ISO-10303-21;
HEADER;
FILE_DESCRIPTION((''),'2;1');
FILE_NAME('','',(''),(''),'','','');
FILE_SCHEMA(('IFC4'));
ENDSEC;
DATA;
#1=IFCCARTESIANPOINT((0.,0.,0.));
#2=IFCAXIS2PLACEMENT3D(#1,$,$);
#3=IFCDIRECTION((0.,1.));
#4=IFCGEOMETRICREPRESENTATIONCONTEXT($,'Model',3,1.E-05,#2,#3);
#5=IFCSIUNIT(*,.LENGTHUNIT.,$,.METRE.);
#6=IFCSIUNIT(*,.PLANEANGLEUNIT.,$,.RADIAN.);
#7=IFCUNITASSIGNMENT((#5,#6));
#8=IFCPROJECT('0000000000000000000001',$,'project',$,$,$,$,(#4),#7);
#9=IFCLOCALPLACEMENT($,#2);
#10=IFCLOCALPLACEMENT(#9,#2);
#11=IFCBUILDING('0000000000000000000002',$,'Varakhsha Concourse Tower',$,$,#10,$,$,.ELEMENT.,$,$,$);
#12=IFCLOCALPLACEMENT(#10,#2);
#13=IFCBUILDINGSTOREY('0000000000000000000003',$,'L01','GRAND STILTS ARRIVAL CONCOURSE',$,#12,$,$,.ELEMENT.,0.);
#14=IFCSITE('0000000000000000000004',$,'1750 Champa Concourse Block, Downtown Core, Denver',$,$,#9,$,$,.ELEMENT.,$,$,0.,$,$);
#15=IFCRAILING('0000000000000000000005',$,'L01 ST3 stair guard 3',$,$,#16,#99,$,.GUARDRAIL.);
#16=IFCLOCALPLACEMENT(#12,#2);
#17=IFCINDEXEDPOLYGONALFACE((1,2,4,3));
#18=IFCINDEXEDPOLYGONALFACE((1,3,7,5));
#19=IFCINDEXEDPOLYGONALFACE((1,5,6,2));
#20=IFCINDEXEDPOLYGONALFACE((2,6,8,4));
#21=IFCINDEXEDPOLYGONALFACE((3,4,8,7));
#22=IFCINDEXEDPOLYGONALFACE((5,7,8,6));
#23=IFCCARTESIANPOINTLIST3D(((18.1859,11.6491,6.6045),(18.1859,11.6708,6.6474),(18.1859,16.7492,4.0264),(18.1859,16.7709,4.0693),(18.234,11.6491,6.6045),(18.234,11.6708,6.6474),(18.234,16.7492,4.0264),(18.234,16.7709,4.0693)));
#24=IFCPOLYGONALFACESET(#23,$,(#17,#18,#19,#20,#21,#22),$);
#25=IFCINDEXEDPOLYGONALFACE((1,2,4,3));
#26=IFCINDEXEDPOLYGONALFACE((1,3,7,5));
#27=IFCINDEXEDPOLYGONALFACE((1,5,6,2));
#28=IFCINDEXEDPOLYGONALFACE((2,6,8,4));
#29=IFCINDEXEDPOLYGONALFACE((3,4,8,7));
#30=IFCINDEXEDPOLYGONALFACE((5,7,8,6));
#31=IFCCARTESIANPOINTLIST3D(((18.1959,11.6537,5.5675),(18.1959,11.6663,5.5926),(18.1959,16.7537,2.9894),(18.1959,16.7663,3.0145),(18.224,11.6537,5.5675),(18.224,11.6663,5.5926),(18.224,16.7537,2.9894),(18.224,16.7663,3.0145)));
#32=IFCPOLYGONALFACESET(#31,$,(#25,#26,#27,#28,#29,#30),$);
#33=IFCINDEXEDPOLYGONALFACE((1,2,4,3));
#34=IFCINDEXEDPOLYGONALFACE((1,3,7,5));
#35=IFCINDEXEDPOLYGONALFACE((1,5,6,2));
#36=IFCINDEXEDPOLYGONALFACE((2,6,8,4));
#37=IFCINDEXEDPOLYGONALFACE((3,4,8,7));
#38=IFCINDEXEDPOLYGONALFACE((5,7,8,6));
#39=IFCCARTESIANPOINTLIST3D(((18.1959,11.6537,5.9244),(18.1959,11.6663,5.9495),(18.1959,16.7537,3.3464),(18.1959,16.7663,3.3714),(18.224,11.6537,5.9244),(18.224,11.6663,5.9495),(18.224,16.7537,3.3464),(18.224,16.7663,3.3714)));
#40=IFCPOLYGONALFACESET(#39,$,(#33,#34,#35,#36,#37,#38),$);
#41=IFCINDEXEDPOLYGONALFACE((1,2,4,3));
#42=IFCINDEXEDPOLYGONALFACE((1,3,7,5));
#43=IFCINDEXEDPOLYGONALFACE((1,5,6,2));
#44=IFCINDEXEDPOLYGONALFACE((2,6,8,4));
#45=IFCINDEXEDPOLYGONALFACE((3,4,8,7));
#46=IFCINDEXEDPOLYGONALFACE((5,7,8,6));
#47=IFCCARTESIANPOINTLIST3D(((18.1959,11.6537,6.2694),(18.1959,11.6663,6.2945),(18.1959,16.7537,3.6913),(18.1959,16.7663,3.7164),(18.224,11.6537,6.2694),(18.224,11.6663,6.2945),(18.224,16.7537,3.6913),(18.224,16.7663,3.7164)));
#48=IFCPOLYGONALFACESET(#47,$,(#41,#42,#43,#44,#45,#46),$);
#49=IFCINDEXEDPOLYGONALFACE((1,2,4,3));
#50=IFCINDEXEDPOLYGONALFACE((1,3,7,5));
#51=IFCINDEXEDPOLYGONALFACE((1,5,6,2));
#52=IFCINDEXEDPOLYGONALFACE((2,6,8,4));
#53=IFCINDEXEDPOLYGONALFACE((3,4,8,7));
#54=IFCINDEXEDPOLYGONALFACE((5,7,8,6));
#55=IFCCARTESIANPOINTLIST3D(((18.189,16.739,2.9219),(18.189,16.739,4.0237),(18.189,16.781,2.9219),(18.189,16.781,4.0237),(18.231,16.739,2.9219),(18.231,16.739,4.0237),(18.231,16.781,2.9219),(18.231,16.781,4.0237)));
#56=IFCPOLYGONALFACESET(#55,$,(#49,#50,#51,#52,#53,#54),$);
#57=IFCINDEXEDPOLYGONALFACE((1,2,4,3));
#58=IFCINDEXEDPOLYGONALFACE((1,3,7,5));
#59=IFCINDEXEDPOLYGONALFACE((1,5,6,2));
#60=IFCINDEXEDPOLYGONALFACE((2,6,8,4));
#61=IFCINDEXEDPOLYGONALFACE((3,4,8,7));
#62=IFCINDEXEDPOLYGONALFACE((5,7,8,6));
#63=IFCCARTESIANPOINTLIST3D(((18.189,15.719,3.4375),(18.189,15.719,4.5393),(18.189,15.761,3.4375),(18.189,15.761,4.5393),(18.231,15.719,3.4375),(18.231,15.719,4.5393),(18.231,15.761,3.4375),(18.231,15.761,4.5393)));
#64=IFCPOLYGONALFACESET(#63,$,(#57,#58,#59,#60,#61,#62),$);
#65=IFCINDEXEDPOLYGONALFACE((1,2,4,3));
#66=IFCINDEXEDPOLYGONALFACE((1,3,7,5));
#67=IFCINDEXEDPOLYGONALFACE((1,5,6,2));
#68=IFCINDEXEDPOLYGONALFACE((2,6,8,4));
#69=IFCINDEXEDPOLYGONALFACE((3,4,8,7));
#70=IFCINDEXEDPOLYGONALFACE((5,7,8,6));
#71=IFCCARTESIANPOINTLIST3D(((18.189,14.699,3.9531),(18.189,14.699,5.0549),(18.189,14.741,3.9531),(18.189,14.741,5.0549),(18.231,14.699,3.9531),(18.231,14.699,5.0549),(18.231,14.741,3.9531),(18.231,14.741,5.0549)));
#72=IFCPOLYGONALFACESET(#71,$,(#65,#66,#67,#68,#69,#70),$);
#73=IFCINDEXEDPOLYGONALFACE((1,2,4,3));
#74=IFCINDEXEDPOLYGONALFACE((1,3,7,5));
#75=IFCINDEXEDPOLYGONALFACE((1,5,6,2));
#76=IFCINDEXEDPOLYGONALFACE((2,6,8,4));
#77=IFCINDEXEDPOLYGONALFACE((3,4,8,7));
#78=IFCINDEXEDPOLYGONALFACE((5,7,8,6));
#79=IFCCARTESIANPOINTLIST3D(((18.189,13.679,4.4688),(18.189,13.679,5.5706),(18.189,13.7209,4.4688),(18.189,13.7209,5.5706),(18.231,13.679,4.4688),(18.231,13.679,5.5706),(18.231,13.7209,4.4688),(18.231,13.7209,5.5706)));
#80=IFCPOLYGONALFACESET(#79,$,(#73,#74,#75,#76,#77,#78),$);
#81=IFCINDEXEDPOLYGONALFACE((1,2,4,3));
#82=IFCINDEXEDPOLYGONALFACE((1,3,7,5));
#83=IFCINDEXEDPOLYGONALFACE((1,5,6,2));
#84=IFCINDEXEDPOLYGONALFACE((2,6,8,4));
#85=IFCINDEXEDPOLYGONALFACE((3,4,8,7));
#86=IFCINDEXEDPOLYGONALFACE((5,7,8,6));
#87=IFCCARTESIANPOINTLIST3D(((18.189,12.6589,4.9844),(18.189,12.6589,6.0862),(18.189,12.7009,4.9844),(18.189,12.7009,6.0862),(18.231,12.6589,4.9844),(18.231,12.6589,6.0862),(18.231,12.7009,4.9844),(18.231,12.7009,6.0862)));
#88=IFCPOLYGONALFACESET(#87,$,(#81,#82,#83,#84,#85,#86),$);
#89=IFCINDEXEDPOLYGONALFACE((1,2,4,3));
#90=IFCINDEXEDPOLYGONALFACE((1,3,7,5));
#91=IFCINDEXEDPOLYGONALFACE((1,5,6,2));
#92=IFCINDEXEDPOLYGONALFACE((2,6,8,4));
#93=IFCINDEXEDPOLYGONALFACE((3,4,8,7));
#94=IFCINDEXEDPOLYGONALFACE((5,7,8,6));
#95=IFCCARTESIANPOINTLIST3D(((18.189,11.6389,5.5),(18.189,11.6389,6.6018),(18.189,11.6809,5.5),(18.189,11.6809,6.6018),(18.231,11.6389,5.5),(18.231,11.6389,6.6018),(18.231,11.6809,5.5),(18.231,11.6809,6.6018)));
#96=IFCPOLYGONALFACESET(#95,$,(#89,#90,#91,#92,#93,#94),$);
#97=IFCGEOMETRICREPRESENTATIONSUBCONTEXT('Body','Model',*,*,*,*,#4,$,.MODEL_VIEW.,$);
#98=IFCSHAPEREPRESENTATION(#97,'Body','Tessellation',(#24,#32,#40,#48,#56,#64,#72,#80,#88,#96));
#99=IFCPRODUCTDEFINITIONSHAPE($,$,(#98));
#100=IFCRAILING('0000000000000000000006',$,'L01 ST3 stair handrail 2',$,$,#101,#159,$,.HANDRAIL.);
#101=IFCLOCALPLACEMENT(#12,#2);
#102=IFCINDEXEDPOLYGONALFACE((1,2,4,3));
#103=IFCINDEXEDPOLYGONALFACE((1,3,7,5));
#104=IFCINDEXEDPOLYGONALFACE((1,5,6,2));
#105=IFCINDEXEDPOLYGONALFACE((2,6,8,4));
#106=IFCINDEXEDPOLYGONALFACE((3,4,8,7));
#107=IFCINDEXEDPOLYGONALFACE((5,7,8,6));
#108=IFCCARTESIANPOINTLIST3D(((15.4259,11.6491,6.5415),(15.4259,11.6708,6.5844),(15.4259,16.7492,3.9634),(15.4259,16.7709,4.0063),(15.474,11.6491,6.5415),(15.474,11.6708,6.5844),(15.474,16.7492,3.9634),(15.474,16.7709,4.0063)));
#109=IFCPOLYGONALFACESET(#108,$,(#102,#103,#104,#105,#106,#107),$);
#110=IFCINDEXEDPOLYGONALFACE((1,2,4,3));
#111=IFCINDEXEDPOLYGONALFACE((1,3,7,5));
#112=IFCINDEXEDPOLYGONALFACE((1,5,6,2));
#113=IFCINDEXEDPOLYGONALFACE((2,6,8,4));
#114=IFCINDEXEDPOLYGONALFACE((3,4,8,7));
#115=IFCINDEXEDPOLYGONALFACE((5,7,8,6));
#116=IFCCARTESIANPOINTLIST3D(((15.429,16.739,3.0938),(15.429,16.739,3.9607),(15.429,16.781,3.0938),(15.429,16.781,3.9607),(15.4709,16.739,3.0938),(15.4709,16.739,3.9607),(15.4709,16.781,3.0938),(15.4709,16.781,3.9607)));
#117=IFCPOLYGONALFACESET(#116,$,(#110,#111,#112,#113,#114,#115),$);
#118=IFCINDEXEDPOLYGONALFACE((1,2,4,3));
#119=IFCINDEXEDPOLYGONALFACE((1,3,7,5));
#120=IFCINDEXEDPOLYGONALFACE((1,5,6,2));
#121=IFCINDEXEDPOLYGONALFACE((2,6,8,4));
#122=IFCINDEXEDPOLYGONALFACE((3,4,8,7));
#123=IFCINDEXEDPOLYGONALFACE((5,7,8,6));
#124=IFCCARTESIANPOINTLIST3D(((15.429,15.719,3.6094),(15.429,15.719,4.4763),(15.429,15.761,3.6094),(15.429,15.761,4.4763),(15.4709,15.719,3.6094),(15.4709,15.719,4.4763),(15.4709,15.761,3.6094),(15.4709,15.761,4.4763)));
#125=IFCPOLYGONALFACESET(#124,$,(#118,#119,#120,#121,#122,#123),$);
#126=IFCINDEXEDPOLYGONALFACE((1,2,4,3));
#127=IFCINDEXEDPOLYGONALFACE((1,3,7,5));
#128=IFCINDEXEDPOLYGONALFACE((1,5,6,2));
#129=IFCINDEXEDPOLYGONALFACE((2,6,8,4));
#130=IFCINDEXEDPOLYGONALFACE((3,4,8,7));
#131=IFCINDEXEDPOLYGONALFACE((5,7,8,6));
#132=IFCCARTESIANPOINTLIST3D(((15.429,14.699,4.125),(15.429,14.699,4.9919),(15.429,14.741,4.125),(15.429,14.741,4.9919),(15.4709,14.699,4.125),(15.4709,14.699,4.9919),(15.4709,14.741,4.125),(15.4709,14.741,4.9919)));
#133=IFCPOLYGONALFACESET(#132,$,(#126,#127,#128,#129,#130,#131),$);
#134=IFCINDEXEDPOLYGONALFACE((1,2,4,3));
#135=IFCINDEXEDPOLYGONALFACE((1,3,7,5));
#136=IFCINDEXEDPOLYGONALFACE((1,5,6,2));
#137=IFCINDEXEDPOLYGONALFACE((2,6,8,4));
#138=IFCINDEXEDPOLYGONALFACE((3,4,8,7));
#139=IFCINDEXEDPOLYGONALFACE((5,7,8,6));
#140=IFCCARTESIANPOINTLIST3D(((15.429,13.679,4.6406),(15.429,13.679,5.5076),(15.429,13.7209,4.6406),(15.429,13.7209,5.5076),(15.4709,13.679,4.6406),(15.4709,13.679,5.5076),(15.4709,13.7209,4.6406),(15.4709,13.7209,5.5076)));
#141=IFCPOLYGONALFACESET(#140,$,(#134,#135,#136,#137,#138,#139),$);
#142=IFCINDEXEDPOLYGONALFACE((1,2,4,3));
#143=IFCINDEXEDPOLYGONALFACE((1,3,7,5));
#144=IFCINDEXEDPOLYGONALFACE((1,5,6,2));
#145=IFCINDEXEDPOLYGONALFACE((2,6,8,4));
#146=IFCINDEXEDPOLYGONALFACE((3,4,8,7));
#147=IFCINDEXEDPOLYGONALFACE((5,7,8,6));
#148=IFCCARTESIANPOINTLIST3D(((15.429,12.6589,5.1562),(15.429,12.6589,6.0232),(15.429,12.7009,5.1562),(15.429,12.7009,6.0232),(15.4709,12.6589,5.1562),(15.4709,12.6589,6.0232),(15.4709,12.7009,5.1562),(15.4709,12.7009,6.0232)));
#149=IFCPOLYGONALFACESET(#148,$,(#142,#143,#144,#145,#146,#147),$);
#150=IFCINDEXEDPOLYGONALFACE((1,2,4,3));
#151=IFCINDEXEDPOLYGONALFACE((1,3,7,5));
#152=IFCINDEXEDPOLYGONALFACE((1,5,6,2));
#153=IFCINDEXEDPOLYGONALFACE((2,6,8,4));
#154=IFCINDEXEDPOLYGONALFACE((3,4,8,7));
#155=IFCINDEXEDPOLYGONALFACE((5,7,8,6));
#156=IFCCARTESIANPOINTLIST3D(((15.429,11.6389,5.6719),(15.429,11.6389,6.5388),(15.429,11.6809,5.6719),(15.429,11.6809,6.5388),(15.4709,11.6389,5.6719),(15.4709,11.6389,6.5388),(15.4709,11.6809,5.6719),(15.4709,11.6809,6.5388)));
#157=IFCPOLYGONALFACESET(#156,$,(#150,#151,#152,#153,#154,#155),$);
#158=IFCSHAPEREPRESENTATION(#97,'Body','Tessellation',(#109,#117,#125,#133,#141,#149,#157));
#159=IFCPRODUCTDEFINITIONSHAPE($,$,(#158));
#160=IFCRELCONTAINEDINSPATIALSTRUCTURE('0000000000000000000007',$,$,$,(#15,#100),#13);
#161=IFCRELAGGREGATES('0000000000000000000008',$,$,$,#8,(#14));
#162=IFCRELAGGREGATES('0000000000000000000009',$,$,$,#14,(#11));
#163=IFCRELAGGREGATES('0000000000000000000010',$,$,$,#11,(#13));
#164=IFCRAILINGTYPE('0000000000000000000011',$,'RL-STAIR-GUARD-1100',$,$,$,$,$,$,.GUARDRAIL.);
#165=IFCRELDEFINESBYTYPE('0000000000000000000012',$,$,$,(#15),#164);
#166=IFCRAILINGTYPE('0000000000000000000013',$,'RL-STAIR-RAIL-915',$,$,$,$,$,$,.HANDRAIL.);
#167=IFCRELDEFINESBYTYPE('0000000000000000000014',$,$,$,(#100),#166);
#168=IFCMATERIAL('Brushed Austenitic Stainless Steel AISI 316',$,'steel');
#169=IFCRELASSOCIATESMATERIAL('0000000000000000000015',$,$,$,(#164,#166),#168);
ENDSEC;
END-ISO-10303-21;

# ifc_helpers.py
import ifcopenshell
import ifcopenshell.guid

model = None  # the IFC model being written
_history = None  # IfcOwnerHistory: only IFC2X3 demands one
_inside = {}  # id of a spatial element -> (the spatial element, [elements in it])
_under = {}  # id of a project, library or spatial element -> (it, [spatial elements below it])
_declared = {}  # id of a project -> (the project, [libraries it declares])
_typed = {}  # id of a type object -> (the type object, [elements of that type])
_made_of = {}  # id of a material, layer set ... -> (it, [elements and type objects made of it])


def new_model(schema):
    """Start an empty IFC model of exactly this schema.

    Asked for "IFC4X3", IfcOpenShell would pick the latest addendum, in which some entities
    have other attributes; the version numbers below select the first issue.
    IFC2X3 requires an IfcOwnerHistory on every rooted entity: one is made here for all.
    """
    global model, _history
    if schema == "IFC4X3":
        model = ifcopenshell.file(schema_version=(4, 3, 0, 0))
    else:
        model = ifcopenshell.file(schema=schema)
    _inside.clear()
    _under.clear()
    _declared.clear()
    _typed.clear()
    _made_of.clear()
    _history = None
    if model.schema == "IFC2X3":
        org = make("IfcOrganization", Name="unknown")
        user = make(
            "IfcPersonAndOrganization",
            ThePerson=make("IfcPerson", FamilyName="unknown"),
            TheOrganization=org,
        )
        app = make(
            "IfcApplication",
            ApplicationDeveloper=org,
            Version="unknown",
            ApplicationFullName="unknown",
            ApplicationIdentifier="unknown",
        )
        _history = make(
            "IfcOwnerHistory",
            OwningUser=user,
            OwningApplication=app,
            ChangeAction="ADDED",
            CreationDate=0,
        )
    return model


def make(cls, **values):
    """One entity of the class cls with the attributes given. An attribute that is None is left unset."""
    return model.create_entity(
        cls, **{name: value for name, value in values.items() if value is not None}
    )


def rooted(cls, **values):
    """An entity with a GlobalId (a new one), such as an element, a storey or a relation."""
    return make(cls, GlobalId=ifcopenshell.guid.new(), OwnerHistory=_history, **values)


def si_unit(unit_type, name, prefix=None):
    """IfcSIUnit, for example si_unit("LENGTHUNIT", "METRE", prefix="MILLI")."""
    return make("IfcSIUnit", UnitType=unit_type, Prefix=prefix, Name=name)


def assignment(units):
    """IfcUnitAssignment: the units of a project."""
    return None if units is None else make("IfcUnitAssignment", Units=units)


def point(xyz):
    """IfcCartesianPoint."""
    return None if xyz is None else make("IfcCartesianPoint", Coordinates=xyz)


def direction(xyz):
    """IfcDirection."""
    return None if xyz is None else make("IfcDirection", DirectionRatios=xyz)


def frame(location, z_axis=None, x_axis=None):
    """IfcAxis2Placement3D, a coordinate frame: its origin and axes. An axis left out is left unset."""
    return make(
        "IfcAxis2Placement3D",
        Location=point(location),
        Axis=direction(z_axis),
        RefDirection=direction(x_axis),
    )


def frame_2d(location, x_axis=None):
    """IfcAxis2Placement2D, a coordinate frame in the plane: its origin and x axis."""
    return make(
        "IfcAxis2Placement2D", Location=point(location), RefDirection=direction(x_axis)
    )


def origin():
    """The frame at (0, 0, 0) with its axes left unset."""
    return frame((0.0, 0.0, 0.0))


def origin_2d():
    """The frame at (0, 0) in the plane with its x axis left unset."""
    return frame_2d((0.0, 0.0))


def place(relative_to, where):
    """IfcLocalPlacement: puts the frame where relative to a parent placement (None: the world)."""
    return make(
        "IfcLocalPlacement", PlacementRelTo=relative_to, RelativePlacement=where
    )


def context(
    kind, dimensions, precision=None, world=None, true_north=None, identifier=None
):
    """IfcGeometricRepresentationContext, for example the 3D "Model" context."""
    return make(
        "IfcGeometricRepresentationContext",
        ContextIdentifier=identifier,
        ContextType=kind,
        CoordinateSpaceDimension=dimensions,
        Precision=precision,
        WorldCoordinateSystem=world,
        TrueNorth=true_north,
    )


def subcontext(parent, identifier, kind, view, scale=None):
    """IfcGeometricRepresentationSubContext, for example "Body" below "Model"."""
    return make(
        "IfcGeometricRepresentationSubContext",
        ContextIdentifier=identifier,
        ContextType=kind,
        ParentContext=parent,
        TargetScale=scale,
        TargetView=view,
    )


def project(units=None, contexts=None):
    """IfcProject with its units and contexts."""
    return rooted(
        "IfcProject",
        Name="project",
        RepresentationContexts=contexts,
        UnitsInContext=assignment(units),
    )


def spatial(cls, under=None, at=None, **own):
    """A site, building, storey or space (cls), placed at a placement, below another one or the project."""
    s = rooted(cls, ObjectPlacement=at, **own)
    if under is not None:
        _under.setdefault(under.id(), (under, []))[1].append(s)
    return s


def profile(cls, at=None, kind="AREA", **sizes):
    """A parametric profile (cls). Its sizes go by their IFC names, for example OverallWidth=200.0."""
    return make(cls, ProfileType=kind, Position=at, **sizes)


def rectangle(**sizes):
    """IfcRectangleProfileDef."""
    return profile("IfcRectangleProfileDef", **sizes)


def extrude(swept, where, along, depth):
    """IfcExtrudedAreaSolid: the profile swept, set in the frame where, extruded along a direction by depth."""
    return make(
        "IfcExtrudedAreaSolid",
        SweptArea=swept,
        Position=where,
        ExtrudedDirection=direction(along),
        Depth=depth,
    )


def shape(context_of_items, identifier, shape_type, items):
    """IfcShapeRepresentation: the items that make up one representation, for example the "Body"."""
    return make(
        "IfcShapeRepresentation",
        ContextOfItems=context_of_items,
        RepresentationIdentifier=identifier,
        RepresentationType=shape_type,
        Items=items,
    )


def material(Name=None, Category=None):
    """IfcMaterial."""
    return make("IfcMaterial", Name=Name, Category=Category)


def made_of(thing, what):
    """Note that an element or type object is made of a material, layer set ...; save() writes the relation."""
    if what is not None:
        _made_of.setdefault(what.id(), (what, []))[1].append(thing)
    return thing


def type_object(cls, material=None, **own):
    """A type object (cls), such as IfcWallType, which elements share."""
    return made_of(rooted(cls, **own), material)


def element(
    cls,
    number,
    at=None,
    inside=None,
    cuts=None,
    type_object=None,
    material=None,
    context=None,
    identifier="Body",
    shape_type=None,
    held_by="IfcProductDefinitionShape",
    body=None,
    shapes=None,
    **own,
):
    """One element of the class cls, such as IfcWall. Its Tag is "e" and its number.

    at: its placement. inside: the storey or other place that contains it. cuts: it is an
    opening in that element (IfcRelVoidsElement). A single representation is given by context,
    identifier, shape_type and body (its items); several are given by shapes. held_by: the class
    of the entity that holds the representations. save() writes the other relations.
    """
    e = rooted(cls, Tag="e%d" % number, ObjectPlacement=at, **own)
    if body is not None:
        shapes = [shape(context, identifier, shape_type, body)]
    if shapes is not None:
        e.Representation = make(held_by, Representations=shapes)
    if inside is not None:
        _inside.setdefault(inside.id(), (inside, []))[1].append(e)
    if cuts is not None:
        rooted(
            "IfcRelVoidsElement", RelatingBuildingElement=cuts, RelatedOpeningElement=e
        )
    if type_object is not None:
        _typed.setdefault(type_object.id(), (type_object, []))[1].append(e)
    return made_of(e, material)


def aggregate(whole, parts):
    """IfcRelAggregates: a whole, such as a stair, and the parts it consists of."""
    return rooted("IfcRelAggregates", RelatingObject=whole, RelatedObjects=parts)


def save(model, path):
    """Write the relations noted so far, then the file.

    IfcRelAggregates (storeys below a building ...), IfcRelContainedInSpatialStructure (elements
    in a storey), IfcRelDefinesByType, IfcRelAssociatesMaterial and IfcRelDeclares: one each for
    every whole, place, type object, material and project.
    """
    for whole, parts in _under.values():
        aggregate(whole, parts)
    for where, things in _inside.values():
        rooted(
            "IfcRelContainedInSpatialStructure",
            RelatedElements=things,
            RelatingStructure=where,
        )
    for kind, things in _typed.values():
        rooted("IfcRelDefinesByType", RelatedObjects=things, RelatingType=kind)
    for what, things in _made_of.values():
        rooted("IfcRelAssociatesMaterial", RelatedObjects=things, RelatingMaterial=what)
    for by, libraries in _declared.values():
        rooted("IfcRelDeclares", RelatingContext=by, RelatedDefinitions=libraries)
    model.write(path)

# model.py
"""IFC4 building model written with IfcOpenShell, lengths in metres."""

from ifc_helpers import new_model, si_unit, direction, frame, origin, origin_2d, place, context, subcontext, project, spatial, rectangle, extrude, material, type_object, element, save


model = new_model("IFC4")

# Units and contexts
model_context = context("Model", 3, precision=1e-05, world=origin(), true_north=direction((0.0, 1.0)))
body_context = subcontext(model_context, "Body", "Model", "MODEL_VIEW")
ifc_project = project(units=[si_unit("LENGTHUNIT", "METRE"), si_unit("PLANEANGLEUNIT", "RADIAN")], contexts=[model_context])

# Site, building, storey
site_placement = place(None, origin())
site = spatial("IfcSite", under=ifc_project, at=site_placement, Name="1750 Champa Concourse Block, Downtown Core, Denver", CompositionType="ELEMENT", RefElevation=0.0)
building_placement = place(site_placement, origin())
building = spatial("IfcBuilding", under=site, at=building_placement, Name="Varakhsha Concourse Tower", CompositionType="ELEMENT")
storey_placement = place(building_placement, origin())
storey = spatial("IfcBuildingStorey", under=building, at=storey_placement, Name="L01", Description="GRAND STILTS ARRIVAL CONCOURSE", CompositionType="ELEMENT", Elevation=0.0)

# Railings
ifc_material_1 = material(Name="Brushed Austenitic Stainless Steel AISI 316", Category="steel")
railing_type_1 = type_object("IfcRailingType", Name="RL-STAIR-GUARD-1100", PredefinedType="GUARDRAIL", material=ifc_material_1)
railing_1_placement = place(storey_placement, frame((18.21, 16.76, 2.9219)))
element("IfcRailing", 1, at=railing_1_placement, inside=storey, type_object=railing_type_1, Name="L01 ST3 stair guard 3", PredefinedType="GUARDRAIL", context=body_context, shape_type="SweptSolid", body=[
    extrude(rectangle(XDim=0.0481, YDim=0.0481, at=origin_2d()), frame((0.0, 0.0, 1.126), z_axis=(0.0, -0.892453, 0.45114), x_axis=(1.0, 0.0, 0.0)), (0.0, 0.0, 1.0), 5.7146),
    extrude(rectangle(XDim=0.0281, YDim=0.0281, at=origin_2d()), frame((0.0, 0.0, 0.0801), z_axis=(0.0, -0.892453, 0.45114), x_axis=(1.0, 0.0, 0.0)), (0.0, 0.0, 1.0), 5.7146),
    extrude(rectangle(XDim=0.0281, YDim=0.0281, at=origin_2d()), frame((0.0, 0.0, 0.437), z_axis=(0.0, -0.892453, 0.45114), x_axis=(1.0, 0.0, 0.0)), (0.0, 0.0, 1.0), 5.7146),
    extrude(rectangle(XDim=0.0281, YDim=0.0281, at=origin_2d()), frame((0.0, 0.0, 0.782), z_axis=(0.0, -0.892453, 0.45114), x_axis=(1.0, 0.0, 0.0)), (0.0, 0.0, 1.0), 5.7146),
    extrude(rectangle(XDim=0.042, YDim=0.042, at=origin_2d()), origin(), (0.0, 0.0, 1.0), 1.1018),
    extrude(rectangle(XDim=0.042, YDim=0.042, at=origin_2d()), frame((0.0, -1.02, 0.5156)), (0.0, 0.0, 1.0), 1.1018),
    extrude(rectangle(XDim=0.042, YDim=0.042, at=origin_2d()), frame((0.0, -2.04, 1.0312)), (0.0, 0.0, 1.0), 1.1018),
    extrude(rectangle(XDim=0.042, YDim=0.042, at=origin_2d()), frame((0.0, -3.0601, 1.5469)), (0.0, 0.0, 1.0), 1.1018),
    extrude(rectangle(XDim=0.042, YDim=0.042, at=origin_2d()), frame((0.0, -4.0801, 2.0625)), (0.0, 0.0, 1.0), 1.1018),
    extrude(rectangle(XDim=0.042, YDim=0.042, at=origin_2d()), frame((0.0, -5.1001, 2.5781)), (0.0, 0.0, 1.0), 1.1018),
])
railing_type_2 = type_object("IfcRailingType", Name="RL-STAIR-RAIL-915", PredefinedType="HANDRAIL", material=ifc_material_1)
railing_2_placement = place(storey_placement, frame((15.45, 16.76, 3.0938)))
element("IfcRailing", 2, at=railing_2_placement, inside=storey, type_object=railing_type_2, Name="L01 ST3 stair handrail 2", PredefinedType="HANDRAIL", context=body_context, shape_type="SweptSolid", body=[
    extrude(rectangle(XDim=0.0481, YDim=0.0481, at=origin_2d()), frame((0.0, 0.0, 0.8911), z_axis=(0.0, -0.892453, 0.45114), x_axis=(1.0, 0.0, 0.0)), (0.0, 0.0, 1.0), 5.7146),
    extrude(rectangle(XDim=0.042, YDim=0.042, at=origin_2d()), origin(), (0.0, 0.0, 1.0), 0.8669),
    extrude(rectangle(XDim=0.042, YDim=0.042, at=origin_2d()), frame((0.0, -1.02, 0.5156)), (0.0, 0.0, 1.0), 0.8669),
    extrude(rectangle(XDim=0.042, YDim=0.042, at=origin_2d()), frame((0.0, -2.04, 1.0312)), (0.0, 0.0, 1.0), 0.8669),
    extrude(rectangle(XDim=0.042, YDim=0.042, at=origin_2d()), frame((0.0, -3.0601, 1.5469)), (0.0, 0.0, 1.0), 0.8669),
    extrude(rectangle(XDim=0.042, YDim=0.042, at=origin_2d()), frame((0.0, -4.0801, 2.0625)), (0.0, 0.0, 1.0), 0.8669),
    extrude(rectangle(XDim=0.042, YDim=0.042, at=origin_2d()), frame((0.0, -5.1001, 2.5781)), (0.0, 0.0, 1.0), 0.8669),
])

save(model, "model.ifc")
